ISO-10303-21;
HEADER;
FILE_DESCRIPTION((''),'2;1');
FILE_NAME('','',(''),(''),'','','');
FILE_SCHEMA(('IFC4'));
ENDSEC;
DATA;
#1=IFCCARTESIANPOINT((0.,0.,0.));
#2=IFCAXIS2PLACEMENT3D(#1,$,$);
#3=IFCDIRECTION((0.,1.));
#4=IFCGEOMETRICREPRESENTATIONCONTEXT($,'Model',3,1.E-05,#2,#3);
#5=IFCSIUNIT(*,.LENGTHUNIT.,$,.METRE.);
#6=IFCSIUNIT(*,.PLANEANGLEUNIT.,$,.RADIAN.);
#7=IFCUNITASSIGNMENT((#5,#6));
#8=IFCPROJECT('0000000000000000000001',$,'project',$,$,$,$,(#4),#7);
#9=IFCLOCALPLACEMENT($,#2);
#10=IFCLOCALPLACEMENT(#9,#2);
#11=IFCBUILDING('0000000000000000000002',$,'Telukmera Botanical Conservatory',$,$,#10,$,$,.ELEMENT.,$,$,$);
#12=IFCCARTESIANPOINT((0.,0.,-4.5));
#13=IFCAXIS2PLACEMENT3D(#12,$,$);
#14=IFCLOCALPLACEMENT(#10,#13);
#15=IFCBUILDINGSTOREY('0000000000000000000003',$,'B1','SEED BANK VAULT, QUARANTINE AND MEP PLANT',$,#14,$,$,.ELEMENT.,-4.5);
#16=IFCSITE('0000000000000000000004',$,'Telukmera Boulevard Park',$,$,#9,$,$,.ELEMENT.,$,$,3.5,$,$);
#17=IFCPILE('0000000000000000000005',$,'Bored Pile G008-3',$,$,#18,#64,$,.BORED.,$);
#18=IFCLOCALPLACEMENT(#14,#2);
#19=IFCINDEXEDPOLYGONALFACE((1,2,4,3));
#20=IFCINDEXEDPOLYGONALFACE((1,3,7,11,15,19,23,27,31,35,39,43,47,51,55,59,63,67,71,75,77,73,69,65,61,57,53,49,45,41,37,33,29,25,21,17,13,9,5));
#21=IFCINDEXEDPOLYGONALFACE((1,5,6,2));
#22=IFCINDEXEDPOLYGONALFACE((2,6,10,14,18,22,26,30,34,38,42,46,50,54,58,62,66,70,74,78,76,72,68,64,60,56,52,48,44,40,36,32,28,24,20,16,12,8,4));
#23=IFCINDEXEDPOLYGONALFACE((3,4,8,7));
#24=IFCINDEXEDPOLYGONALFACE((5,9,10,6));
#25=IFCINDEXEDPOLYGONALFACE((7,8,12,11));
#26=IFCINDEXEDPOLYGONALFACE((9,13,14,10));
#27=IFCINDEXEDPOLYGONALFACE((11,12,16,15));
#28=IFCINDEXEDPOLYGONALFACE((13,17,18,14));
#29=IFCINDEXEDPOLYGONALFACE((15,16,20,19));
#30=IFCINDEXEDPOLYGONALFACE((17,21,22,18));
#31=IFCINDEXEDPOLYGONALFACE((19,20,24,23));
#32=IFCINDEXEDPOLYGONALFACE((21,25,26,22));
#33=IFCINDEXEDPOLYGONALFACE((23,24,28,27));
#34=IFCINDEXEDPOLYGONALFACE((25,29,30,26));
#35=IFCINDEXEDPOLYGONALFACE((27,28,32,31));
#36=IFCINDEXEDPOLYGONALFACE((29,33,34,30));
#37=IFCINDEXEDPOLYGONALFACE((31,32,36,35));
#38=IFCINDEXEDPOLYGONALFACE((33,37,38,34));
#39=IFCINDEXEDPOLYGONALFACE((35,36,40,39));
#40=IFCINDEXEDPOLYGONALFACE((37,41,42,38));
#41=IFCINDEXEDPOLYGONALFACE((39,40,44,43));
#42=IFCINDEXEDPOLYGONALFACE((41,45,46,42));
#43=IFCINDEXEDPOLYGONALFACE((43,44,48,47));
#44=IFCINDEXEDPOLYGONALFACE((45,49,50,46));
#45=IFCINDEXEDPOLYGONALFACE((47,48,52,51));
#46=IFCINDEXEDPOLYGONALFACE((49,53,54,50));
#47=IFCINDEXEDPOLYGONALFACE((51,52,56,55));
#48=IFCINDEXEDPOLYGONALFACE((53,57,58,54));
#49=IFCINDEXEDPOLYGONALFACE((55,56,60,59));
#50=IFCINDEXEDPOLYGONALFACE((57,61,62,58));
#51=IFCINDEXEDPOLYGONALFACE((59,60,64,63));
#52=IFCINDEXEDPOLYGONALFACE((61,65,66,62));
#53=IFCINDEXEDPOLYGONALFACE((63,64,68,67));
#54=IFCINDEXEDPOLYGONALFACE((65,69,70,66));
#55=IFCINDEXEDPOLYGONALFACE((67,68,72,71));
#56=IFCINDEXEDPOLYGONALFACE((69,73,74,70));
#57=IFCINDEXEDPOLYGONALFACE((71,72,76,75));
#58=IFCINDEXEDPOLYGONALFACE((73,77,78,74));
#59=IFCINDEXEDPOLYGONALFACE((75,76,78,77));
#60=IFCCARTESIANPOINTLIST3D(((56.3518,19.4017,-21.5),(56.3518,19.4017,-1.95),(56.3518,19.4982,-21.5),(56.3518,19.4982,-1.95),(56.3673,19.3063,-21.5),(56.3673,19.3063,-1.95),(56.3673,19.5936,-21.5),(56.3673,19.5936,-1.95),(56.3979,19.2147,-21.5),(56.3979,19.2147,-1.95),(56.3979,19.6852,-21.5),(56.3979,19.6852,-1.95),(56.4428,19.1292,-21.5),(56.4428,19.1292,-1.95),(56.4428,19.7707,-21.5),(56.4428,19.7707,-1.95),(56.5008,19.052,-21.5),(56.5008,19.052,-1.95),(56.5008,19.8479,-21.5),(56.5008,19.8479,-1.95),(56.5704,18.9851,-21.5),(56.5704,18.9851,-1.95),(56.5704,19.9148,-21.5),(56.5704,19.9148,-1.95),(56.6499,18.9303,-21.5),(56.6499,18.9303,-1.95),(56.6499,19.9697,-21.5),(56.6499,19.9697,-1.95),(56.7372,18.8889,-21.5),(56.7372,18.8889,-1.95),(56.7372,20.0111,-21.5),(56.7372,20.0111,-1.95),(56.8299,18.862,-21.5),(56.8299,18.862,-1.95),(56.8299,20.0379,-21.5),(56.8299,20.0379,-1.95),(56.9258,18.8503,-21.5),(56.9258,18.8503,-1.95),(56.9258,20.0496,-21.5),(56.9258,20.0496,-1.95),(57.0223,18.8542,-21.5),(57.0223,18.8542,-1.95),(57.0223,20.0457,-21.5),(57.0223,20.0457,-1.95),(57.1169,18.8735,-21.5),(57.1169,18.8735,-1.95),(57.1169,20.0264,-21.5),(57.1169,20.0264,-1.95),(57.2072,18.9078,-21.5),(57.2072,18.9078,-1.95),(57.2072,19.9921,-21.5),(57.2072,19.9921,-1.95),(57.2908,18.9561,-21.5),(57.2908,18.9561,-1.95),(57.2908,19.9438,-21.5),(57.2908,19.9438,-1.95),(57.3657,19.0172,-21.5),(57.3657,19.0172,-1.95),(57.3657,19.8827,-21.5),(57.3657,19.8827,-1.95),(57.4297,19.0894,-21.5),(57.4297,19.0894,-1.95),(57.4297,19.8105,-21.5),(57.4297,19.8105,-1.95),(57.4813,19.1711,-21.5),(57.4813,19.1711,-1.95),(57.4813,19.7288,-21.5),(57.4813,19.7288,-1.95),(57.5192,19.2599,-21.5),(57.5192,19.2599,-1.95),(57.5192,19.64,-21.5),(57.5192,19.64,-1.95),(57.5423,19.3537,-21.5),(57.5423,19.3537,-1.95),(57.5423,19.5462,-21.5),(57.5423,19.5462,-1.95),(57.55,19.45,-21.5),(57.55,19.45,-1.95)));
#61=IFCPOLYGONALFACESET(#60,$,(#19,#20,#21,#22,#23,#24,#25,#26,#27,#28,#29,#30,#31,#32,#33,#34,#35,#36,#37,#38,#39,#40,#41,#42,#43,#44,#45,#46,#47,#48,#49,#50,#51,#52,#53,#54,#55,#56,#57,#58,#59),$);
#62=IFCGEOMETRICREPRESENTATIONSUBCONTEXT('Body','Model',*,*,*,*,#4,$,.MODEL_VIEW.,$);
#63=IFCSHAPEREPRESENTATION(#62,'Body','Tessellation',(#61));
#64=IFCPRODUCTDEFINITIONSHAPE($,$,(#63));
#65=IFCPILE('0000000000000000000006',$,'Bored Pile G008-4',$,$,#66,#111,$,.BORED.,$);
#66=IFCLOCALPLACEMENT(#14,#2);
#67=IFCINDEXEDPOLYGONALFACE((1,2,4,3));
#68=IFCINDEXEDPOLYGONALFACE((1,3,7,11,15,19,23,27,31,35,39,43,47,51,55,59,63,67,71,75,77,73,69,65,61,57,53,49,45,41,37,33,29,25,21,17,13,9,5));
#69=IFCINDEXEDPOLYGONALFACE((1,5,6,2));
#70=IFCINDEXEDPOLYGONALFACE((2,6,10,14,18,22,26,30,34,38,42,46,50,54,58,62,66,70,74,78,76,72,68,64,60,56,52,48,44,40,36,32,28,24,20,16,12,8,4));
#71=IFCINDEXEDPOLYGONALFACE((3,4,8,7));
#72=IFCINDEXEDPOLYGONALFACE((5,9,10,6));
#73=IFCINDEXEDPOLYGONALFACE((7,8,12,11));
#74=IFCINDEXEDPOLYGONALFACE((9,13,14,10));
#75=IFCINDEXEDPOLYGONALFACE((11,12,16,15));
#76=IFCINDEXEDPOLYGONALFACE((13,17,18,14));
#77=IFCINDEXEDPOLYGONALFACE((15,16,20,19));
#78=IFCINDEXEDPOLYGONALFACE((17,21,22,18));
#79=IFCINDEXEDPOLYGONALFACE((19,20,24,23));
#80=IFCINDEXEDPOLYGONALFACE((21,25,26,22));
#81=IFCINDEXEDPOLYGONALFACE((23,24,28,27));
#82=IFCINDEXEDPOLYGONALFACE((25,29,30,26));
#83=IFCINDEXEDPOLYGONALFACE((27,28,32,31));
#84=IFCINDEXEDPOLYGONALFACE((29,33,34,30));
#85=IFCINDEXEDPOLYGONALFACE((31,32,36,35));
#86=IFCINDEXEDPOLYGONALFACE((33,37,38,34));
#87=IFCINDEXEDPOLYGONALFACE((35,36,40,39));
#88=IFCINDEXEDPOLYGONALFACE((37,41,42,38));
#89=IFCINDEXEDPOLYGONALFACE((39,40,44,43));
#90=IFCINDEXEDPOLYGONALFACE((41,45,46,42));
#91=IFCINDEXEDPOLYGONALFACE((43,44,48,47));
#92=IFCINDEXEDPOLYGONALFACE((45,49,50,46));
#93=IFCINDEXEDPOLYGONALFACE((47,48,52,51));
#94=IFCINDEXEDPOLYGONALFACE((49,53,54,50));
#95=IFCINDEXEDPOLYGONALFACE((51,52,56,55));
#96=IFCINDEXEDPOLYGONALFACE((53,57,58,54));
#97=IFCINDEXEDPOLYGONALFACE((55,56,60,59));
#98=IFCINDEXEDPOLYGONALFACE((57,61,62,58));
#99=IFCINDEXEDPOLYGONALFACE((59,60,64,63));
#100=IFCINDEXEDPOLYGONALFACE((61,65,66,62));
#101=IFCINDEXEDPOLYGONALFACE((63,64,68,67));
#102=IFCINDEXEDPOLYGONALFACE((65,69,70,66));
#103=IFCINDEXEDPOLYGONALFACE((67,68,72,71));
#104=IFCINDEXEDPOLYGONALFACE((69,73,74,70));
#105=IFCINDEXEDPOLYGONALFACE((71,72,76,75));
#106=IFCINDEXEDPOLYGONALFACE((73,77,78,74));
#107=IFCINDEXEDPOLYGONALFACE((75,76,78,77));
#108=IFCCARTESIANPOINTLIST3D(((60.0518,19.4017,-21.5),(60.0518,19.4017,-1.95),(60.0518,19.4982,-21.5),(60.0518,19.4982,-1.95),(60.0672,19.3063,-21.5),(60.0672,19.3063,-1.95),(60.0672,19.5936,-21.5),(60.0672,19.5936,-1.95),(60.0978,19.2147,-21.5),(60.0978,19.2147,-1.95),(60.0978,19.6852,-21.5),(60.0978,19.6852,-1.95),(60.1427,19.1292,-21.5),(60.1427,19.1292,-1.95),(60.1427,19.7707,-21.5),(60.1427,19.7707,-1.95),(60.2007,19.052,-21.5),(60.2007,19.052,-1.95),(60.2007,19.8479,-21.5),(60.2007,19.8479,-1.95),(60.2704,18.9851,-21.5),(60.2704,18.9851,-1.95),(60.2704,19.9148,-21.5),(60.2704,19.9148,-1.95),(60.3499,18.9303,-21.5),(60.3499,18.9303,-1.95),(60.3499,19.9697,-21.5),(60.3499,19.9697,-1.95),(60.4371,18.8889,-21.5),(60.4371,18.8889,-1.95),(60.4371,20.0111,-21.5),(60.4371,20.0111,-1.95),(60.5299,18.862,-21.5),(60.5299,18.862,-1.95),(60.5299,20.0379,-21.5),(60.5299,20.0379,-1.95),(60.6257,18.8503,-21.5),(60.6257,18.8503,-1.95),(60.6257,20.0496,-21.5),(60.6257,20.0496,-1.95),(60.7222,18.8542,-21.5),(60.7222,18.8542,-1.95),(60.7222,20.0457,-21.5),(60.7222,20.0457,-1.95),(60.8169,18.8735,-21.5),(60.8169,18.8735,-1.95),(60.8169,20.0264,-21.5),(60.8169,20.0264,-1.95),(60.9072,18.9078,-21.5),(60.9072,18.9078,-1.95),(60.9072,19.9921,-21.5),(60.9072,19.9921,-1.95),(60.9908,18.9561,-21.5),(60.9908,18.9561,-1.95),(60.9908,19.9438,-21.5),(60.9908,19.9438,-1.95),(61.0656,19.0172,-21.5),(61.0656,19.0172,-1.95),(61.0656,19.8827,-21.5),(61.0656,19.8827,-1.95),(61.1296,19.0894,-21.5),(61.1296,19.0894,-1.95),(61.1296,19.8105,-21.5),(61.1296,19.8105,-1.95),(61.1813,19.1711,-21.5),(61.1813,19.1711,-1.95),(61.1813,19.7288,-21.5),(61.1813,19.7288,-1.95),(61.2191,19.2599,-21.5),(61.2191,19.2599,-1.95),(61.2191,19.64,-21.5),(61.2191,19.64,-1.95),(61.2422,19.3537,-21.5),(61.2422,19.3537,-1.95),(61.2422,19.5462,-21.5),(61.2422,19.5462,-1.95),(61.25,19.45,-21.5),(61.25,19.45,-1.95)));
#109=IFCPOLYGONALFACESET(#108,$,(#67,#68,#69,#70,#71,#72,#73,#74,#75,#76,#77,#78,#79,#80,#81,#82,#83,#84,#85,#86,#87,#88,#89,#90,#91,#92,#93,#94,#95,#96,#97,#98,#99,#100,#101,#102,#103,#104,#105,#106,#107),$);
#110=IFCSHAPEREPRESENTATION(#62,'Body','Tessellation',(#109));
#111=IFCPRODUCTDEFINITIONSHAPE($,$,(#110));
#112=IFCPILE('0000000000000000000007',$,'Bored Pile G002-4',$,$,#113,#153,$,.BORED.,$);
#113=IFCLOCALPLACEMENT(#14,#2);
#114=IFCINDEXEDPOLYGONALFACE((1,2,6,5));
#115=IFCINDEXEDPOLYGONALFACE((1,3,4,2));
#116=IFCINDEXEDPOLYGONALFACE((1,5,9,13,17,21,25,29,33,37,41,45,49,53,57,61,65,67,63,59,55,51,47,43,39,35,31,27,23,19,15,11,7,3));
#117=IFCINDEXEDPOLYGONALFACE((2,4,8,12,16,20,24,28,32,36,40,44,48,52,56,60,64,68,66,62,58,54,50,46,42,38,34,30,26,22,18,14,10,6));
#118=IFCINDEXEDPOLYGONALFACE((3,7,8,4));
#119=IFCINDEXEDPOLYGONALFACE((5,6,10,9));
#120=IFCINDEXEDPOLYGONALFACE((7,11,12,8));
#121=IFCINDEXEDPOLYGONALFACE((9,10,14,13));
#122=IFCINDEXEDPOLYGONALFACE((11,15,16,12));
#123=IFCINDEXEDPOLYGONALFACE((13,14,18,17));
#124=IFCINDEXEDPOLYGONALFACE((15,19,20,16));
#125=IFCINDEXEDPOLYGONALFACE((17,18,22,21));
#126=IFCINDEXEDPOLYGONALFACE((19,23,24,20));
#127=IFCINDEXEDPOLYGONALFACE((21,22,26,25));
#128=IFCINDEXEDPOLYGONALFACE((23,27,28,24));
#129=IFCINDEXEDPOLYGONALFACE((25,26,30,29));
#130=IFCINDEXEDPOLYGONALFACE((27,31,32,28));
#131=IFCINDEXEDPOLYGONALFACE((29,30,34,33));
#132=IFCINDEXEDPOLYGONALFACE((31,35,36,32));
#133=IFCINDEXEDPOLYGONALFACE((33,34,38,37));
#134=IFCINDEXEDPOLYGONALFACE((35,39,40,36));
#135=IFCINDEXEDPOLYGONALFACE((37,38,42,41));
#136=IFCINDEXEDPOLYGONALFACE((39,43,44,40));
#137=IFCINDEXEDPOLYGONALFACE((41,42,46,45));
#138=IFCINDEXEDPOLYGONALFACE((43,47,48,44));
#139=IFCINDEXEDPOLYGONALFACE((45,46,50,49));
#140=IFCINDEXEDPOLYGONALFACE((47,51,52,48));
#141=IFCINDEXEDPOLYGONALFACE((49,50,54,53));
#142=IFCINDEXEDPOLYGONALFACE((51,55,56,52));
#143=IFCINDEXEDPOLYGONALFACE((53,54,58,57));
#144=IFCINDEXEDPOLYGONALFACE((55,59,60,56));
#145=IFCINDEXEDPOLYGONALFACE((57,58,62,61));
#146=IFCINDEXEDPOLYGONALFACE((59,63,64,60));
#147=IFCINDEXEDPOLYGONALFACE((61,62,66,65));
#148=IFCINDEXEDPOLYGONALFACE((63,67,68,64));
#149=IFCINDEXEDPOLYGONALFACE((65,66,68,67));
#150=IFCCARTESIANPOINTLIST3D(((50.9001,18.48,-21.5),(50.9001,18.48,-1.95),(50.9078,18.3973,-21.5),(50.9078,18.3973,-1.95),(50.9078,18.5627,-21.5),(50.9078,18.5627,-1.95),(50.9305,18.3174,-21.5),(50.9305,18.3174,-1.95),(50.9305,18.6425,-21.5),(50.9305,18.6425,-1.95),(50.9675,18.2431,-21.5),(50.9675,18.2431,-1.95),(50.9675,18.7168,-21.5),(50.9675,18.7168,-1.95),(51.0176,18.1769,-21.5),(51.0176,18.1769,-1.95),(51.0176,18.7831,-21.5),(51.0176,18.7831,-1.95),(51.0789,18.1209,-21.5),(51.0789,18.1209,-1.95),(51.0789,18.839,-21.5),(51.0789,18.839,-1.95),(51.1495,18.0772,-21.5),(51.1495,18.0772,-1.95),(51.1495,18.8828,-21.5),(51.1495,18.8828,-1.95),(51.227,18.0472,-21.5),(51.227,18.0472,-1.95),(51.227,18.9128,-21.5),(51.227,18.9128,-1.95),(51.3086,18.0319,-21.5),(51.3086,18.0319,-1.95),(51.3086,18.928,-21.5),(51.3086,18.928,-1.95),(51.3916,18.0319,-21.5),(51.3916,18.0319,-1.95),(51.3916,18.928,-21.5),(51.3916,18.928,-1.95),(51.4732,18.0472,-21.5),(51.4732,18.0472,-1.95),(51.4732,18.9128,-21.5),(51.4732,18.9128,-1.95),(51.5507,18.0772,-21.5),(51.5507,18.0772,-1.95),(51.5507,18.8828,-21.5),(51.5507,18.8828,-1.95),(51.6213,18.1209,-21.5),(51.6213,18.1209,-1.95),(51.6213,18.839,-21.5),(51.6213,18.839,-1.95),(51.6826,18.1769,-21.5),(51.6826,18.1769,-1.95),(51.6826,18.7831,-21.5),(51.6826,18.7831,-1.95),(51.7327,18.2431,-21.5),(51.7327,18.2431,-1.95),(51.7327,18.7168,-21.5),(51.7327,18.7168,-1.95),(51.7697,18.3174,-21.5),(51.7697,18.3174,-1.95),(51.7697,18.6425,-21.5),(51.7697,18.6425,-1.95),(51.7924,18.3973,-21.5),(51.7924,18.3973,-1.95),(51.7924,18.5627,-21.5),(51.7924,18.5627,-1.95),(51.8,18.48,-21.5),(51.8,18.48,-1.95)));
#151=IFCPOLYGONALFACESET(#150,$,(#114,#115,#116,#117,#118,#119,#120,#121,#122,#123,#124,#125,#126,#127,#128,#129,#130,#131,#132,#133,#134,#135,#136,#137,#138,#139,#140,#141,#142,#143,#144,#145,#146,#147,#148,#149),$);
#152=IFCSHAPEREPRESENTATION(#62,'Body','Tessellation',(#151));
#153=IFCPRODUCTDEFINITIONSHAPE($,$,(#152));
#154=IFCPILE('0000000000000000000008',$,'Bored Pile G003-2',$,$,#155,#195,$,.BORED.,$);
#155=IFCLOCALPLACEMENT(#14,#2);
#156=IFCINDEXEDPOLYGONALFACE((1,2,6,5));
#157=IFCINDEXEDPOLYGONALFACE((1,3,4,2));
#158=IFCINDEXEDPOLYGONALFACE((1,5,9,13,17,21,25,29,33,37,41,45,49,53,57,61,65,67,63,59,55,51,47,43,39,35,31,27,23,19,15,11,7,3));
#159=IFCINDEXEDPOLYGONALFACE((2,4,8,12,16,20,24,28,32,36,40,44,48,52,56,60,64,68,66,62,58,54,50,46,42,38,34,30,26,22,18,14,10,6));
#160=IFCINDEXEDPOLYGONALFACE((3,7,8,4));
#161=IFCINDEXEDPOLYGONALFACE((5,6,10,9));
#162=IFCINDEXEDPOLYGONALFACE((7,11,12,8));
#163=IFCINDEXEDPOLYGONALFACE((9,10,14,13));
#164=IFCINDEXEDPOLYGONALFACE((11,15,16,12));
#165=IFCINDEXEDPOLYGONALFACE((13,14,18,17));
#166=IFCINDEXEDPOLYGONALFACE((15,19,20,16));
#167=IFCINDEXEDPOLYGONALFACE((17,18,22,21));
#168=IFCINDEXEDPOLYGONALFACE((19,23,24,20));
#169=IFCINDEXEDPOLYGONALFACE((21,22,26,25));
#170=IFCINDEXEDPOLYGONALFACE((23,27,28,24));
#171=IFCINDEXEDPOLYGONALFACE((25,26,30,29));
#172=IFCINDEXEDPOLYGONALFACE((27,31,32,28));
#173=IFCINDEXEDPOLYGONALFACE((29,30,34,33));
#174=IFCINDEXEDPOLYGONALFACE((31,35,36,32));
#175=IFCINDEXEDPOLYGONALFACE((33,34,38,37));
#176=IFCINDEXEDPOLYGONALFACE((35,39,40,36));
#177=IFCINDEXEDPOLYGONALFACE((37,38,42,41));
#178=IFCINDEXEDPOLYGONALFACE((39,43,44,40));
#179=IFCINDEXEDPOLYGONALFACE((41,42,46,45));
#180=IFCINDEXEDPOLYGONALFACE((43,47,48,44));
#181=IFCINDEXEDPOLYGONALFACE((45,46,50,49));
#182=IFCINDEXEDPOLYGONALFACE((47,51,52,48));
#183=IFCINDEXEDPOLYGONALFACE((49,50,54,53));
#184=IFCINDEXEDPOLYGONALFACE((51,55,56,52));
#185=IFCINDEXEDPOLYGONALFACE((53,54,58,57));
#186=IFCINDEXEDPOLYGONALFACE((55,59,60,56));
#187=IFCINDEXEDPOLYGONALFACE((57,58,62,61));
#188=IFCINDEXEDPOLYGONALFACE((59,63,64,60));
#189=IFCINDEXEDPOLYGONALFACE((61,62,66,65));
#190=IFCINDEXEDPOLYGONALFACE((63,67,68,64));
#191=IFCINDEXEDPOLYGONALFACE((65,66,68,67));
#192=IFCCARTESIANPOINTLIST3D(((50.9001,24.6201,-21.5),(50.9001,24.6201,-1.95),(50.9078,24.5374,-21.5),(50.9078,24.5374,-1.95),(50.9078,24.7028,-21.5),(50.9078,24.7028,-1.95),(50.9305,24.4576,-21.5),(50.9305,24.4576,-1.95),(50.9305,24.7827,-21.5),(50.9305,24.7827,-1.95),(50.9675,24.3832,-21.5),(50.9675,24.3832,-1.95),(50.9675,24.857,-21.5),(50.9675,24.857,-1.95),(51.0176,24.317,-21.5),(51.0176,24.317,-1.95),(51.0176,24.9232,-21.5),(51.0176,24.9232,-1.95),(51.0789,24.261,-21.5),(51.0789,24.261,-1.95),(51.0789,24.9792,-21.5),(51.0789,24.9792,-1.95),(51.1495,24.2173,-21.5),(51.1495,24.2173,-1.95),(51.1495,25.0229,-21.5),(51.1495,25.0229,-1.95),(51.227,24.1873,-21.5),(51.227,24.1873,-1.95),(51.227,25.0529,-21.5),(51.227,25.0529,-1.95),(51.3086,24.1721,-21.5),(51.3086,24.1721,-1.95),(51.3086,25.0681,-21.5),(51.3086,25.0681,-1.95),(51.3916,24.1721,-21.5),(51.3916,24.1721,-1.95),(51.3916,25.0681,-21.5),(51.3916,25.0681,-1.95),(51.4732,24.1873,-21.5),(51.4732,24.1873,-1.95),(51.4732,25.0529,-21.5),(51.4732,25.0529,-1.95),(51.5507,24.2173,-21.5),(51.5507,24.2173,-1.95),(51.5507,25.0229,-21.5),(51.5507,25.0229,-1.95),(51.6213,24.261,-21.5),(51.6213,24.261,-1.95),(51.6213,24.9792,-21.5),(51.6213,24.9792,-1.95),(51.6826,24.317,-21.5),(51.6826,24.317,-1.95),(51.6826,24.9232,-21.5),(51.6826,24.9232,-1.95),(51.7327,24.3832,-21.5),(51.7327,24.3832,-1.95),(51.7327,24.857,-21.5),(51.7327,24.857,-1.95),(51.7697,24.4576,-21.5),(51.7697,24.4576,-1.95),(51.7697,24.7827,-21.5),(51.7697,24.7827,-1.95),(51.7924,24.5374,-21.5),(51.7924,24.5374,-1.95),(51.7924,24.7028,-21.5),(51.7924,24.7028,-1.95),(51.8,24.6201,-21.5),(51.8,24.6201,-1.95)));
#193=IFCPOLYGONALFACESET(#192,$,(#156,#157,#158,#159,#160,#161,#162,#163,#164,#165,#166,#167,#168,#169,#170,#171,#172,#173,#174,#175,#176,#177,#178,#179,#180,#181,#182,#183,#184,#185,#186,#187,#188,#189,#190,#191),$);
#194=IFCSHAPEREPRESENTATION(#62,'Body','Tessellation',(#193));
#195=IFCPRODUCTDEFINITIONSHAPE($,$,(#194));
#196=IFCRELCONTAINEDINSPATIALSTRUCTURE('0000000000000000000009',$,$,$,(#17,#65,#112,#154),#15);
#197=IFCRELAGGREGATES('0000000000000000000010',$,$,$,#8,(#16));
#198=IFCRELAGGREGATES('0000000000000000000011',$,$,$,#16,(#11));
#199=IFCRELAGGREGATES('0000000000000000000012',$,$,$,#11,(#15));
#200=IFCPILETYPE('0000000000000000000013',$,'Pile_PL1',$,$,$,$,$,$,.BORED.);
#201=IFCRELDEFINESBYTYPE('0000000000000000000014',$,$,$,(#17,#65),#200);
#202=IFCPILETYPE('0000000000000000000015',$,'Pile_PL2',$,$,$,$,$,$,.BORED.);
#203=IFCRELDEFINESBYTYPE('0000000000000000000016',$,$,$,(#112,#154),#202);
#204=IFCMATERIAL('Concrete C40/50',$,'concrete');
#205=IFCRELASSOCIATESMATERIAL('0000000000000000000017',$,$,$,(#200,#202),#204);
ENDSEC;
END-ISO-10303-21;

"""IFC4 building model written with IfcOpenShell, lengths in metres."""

from ifc_helpers import new_model, si_unit, direction, frame, origin, origin_2d, place, context, subcontext, project, spatial, circle, extrude, material, material_profile, profile_set, type_object, element, save


model = new_model("IFC4")

# Units and contexts
model_context = context("Model", 3, precision=1e-05, world=origin(), true_north=direction((0.0, 1.0)))
body_context = subcontext(model_context, "Body", "Model", "MODEL_VIEW")
ifc_project = project(units=[si_unit("LENGTHUNIT", "METRE"), si_unit("PLANEANGLEUNIT", "RADIAN")], contexts=[model_context])

# Site, building, storey
site_placement = place(None, origin())
site = spatial("IfcSite", under=ifc_project, at=site_placement, Name="Telukmera Boulevard Park", CompositionType="ELEMENT", RefElevation=3.5)
building_placement = place(site_placement, origin())
building = spatial("IfcBuilding", under=site, at=building_placement, Name="Telukmera Botanical Conservatory", CompositionType="ELEMENT")
storey_placement = place(building_placement, frame((0.0, 0.0, -4.5)))
storey = spatial("IfcBuildingStorey", under=building, at=storey_placement, Name="B1", Description="SEED BANK VAULT, QUARANTINE AND MEP PLANT", CompositionType="ELEMENT", Elevation=-4.5)

# Shared definitions
ifc_material_1 = material(Name="Concrete C40/50", Category="concrete")

# Piles
ifc_material_profile_1 = material_profile(ifc_material_1, circle(Radius=0.6001, at=origin_2d()), Name="PILE D1200")
ifc_profile_set_1 = profile_set([ifc_material_profile_1], Name="Concrete C40/50")
pile_type_1 = type_object("IfcPileType", Name="Pile_PL1", PredefinedType="BORED", material=ifc_profile_set_1)
for number, where, z_axis, x_axis, name in (
    (1, (56.95, 19.45, -1.95), (0.0, 0.0, -1.0), (1.0, 0.0, 0.0), "Bored Pile G008-3"),
    (2, (60.6499, 19.45, -1.95), (0.0, 0.0, -1.0), (1.0, 0.0, 0.0), "Bored Pile G008-4"),
):
    element("IfcPile", number, at=place(storey_placement, frame(where, z_axis=z_axis, x_axis=x_axis)), inside=storey, type_object=pile_type_1, Name=name, PredefinedType="BORED", context=body_context, shape_type="SweptSolid", body=[
        extrude(circle(Radius=0.6001, at=origin_2d()), origin(), (0.0, 0.0, 1.0), 19.55),
    ])
ifc_material_profile_2 = material_profile(ifc_material_1, circle(Radius=0.45, at=origin_2d()), Name="PILE D900")
ifc_profile_set_2 = profile_set([ifc_material_profile_2], Name="Concrete C40/50")
pile_type_2 = type_object("IfcPileType", Name="Pile_PL2", PredefinedType="BORED", material=ifc_profile_set_2)
for number, where, z_axis, x_axis, name in (
    (3, (51.3501, 18.48, -1.95), (0.0, 0.0, -1.0), (1.0, 0.0, 0.0), "Bored Pile G002-4"),
    (4, (51.3501, 24.6201, -1.95), (0.0, 0.0, -1.0), (1.0, 0.0, 0.0), "Bored Pile G003-2"),
):
    element("IfcPile", number, at=place(storey_placement, frame(where, z_axis=z_axis, x_axis=x_axis)), inside=storey, type_object=pile_type_2, Name=name, PredefinedType="BORED", context=body_context, shape_type="SweptSolid", body=[
        extrude(circle(Radius=0.45, at=origin_2d()), origin(), (0.0, 0.0, 1.0), 19.55),
    ])

save(model, "model.ifc")
